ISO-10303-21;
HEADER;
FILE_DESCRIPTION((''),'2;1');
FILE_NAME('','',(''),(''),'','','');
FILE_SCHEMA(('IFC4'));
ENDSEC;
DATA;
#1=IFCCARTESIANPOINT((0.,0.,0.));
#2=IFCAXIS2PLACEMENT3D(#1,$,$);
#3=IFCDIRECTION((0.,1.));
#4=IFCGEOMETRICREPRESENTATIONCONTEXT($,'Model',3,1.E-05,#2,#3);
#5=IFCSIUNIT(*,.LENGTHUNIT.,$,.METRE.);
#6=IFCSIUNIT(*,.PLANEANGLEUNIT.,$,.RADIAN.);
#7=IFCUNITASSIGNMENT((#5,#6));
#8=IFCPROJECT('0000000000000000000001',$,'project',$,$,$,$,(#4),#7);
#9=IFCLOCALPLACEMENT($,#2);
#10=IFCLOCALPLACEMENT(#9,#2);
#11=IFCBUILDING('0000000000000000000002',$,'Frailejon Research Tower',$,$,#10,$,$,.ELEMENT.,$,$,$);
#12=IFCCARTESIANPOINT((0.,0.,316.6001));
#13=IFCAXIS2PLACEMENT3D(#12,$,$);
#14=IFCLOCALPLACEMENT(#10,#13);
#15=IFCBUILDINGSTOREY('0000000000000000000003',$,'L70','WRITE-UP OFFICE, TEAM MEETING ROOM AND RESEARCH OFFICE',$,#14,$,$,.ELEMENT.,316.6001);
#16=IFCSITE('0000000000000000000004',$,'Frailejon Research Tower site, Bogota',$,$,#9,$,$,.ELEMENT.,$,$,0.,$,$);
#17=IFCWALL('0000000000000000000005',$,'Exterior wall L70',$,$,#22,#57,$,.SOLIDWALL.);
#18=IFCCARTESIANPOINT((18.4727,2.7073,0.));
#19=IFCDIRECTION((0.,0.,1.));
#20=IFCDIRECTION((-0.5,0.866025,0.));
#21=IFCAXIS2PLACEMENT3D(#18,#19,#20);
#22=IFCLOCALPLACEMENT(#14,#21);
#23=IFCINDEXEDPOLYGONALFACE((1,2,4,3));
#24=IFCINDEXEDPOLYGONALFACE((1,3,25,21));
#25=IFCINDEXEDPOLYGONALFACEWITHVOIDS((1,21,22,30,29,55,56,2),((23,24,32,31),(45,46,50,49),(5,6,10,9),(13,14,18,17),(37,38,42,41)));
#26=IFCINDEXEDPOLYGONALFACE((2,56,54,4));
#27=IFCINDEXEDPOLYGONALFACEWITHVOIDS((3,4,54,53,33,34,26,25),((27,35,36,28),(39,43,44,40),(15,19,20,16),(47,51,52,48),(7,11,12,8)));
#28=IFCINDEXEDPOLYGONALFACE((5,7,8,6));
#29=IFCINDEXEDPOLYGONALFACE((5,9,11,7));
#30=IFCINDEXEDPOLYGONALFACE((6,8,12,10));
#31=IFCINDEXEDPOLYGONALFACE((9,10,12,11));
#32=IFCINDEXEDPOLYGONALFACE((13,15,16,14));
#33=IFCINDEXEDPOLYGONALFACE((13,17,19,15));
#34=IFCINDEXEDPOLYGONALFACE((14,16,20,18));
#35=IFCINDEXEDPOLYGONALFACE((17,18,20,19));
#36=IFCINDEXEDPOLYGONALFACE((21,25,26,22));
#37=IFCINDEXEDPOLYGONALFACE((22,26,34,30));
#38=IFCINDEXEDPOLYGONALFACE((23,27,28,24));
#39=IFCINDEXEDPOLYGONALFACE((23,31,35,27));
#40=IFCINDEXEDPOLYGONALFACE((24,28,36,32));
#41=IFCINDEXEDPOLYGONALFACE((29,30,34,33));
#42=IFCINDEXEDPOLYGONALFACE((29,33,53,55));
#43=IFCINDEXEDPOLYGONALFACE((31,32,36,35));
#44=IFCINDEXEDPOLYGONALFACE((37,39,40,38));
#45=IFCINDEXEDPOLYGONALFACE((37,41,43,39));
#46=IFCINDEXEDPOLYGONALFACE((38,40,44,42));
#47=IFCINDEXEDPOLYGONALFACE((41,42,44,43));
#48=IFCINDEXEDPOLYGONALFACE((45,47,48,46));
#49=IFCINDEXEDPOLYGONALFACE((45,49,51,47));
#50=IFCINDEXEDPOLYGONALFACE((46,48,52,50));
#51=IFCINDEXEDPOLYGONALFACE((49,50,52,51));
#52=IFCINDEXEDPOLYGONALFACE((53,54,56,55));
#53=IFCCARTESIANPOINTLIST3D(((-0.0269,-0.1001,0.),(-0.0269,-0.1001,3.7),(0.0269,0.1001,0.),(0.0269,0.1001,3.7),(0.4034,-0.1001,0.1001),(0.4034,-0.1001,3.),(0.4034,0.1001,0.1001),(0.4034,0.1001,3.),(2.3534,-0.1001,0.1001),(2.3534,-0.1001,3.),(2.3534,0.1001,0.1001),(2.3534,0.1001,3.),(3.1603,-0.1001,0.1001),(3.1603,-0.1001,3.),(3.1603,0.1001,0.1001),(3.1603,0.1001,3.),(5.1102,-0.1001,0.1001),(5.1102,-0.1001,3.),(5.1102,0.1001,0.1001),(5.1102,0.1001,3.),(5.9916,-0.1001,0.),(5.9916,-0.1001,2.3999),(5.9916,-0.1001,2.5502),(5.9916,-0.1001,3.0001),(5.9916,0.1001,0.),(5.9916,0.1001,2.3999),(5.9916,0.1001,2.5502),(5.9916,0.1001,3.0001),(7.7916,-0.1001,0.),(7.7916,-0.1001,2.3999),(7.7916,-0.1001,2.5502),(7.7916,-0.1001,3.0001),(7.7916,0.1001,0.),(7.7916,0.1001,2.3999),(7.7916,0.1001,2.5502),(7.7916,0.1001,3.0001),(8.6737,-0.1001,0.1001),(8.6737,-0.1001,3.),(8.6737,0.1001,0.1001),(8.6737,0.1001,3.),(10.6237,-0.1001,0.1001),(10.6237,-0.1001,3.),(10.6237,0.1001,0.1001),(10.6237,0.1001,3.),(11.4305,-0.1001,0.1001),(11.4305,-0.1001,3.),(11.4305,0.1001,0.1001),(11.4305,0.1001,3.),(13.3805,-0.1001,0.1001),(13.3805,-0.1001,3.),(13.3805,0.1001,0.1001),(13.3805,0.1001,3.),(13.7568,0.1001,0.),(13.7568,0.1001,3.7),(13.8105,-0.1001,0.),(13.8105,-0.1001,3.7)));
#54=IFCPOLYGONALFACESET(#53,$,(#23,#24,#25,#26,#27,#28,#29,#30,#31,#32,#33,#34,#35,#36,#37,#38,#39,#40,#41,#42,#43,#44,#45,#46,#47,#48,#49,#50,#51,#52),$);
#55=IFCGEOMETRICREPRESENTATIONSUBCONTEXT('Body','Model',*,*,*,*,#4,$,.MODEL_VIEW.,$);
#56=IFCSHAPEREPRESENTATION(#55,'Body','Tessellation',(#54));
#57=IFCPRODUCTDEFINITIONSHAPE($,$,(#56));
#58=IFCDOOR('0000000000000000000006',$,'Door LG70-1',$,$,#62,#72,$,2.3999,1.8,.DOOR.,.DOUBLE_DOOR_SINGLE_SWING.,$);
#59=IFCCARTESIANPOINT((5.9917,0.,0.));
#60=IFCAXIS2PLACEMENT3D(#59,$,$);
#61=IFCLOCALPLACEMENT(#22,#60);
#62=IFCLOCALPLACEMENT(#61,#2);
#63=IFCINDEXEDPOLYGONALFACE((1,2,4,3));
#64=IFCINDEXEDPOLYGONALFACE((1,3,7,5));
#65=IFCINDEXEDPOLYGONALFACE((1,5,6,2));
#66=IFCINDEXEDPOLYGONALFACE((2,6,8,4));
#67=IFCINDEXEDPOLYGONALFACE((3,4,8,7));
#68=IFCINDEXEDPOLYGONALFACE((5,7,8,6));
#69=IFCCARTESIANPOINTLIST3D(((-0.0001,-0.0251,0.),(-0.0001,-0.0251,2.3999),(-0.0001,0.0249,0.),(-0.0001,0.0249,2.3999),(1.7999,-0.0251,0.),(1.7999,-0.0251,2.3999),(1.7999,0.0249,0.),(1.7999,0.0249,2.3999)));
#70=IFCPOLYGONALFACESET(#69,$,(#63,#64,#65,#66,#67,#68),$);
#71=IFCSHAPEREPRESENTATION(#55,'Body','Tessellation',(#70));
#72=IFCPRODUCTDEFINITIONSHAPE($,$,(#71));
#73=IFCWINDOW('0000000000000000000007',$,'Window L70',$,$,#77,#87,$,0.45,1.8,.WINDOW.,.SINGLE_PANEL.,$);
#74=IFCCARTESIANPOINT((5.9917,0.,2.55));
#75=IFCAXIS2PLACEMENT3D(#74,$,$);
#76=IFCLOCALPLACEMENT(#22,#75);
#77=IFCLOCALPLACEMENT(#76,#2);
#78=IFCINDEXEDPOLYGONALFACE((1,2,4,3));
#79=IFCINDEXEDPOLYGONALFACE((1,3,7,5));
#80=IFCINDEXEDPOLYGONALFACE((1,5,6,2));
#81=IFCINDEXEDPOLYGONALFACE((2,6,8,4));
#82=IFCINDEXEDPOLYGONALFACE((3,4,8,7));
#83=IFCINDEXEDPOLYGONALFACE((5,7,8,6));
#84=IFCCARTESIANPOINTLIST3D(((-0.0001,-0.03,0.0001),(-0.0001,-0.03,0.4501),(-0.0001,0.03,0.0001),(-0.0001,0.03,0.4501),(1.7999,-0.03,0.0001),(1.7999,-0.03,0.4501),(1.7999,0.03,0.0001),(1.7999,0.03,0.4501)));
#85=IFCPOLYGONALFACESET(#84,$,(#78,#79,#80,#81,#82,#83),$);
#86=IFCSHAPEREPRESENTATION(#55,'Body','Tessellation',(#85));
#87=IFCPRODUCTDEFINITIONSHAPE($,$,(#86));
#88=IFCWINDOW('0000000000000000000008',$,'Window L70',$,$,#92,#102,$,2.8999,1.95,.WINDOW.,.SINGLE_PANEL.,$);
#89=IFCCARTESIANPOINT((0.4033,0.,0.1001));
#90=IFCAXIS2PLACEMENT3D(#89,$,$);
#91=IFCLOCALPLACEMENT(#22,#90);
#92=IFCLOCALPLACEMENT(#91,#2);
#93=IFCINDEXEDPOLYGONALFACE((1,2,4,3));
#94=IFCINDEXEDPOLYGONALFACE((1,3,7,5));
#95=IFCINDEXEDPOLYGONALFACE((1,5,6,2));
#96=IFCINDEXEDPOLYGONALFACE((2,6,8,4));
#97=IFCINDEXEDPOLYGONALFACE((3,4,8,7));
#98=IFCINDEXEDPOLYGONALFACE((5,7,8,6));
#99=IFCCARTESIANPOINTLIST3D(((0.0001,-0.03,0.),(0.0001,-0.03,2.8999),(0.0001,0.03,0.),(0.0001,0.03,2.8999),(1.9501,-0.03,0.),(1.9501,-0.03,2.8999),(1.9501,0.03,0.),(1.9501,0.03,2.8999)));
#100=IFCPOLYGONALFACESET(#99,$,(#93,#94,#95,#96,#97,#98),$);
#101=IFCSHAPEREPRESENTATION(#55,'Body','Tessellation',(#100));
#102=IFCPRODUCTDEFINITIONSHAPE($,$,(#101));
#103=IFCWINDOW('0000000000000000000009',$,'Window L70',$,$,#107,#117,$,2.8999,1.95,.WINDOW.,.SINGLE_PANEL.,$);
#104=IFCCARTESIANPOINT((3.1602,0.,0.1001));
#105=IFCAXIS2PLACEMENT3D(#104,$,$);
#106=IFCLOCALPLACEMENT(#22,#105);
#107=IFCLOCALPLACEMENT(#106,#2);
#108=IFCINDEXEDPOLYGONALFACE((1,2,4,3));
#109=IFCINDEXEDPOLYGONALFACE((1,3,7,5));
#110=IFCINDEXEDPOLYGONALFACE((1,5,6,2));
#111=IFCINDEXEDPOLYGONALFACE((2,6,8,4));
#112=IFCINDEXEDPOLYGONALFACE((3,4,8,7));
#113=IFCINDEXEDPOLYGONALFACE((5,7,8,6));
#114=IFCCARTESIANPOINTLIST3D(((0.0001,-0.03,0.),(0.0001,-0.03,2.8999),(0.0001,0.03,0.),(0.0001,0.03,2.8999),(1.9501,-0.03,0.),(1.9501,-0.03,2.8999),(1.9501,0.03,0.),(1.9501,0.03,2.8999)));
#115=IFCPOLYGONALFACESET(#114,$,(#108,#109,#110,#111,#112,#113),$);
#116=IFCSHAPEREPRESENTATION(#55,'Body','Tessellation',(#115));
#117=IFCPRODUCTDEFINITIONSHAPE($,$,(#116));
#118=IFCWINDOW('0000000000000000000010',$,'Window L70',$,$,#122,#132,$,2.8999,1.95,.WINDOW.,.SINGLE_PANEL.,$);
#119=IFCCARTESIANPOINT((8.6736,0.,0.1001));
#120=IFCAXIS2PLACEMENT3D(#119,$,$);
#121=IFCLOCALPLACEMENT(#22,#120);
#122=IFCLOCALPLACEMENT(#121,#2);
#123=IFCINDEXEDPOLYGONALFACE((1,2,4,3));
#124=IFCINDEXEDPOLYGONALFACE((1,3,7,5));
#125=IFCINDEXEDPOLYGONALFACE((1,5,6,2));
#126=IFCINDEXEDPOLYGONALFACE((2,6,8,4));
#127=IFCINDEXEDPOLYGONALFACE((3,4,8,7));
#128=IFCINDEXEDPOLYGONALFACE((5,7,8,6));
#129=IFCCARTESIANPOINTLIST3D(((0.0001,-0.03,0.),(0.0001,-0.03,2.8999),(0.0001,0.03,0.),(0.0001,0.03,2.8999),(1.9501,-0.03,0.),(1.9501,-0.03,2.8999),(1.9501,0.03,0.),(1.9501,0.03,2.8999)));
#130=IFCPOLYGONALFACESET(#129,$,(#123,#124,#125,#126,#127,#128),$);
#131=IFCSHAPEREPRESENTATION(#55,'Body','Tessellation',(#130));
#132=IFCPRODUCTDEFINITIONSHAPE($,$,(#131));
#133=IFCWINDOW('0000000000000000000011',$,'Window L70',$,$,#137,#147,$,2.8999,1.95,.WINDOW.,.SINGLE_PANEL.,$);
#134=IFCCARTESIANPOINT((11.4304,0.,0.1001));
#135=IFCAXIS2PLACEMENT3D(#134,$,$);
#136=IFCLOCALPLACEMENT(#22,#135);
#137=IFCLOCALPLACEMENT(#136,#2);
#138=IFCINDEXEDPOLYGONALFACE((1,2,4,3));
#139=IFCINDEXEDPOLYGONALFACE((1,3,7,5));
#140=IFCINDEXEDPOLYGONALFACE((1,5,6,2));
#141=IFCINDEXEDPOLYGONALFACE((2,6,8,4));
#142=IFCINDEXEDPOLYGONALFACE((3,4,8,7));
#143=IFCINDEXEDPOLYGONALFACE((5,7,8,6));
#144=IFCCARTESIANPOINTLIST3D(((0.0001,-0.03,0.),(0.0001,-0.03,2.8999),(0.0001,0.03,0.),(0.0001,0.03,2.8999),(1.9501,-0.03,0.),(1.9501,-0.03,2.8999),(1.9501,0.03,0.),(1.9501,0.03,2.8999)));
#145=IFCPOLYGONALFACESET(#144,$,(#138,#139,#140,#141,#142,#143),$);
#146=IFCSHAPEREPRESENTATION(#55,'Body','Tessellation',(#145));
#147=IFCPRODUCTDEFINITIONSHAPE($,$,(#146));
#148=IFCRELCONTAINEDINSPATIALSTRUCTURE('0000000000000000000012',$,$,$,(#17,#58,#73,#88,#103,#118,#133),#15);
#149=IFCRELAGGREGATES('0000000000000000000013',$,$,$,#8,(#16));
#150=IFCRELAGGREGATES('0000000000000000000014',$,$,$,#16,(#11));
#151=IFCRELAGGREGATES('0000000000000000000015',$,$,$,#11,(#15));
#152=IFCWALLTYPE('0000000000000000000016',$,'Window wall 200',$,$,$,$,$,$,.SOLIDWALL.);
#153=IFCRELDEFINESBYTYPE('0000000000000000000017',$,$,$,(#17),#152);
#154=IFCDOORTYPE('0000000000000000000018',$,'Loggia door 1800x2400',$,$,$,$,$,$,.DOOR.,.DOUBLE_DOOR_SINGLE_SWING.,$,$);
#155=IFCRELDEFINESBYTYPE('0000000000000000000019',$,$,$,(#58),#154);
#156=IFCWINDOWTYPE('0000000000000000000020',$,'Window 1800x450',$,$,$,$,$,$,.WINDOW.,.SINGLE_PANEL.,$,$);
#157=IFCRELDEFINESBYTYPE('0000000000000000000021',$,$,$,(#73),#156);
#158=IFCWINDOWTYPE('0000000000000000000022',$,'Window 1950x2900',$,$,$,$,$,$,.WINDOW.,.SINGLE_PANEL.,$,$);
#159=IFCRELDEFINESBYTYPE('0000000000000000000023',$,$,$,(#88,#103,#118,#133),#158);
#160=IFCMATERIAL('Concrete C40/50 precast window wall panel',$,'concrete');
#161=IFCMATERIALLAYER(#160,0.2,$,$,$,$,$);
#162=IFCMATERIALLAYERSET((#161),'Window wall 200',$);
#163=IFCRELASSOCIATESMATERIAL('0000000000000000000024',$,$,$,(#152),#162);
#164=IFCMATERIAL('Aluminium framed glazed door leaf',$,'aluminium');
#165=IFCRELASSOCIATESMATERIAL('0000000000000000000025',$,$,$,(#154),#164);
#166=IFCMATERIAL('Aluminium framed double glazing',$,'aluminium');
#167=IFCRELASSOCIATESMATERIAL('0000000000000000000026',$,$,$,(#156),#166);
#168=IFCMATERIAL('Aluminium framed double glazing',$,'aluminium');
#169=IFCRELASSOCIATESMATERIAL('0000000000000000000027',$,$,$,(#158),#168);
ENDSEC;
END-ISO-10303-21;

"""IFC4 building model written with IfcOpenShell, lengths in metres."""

from ifc_helpers import new_model, si_unit, direction, frame, frame_2d, origin, place, context, subcontext, project, spatial, polyline, rectangle, outline, extrude, material, layer, layer_set, type_object, element, fill, save


model = new_model("IFC4")

# Units and contexts
model_context = context("Model", 3, precision=1e-05, world=origin(), true_north=direction((0.0, 1.0)))
body_context = subcontext(model_context, "Body", "Model", "MODEL_VIEW")
ifc_project = project(units=[si_unit("LENGTHUNIT", "METRE"), si_unit("PLANEANGLEUNIT", "RADIAN")], contexts=[model_context])

# Site, building, storey
site_placement = place(None, origin())
site = spatial("IfcSite", under=ifc_project, at=site_placement, Name="Frailejon Research Tower site, Bogota", CompositionType="ELEMENT", RefElevation=0.0)
building_placement = place(site_placement, origin())
building = spatial("IfcBuilding", under=site, at=building_placement, Name="Frailejon Research Tower", CompositionType="ELEMENT")
storey_placement = place(building_placement, frame((0.0, 0.0, 316.6001)))
storey = spatial("IfcBuildingStorey", under=building, at=storey_placement, Name="L70", Description="WRITE-UP OFFICE, TEAM MEETING ROOM AND RESEARCH OFFICE", CompositionType="ELEMENT", Elevation=316.6001)

# Wall, openings, door, windows
ifc_material_1 = material(Name="Concrete C40/50 precast window wall panel", Category="concrete")
ifc_layer_1 = layer(ifc_material_1, 0.2)
ifc_layer_set_1 = layer_set([ifc_layer_1], Name="Window wall 200")
wall_type_1 = type_object("IfcWallType", Name="Window wall 200", PredefinedType="SOLIDWALL", material=ifc_layer_set_1)
wall_1_placement = place(storey_placement, frame((18.4727, 2.7073, 0.0), z_axis=(0.0, 0.0, 1.0), x_axis=(-0.5, 0.866025, 0.0)))
wall_1 = element("IfcWall", 1, at=wall_1_placement, inside=storey, type_object=wall_type_1, Name="Exterior wall L70", PredefinedType="SOLIDWALL", context=body_context, shape_type="SweptSolid", body=[
    extrude(outline(polyline([(-0.0269, -0.1001), (1.0376, -0.1001), (2.1021, -0.1001), (3.1665, -0.1001), (4.2307, -0.1001), (5.2952, -0.1001), (6.3596, -0.1001), (7.4241, -0.1001), (8.4885, -0.1001), (9.553, -0.1001), (10.6172, -0.1001), (11.6816, -0.1001), (12.7461, -0.1001), (13.8105, -0.1001), (13.7568, 0.1001), (12.7007, 0.1001), (11.6445, 0.1001), (10.5884, 0.1001), (9.5322, 0.1001), (8.4761, 0.1001), (7.4199, 0.1001), (6.3638, 0.1001), (5.3076, 0.1001), (4.2515, 0.1001), (3.1953, 0.1001), (2.1392, 0.1001), (1.083, 0.1001), (0.0269, 0.1001), (-0.0269, -0.1001)])), origin(), (0.0, 0.0, 1.0), 3.7),
])
opening_1_placement = place(wall_1_placement, frame((0.4033, 0.0, 0.1001)))
opening_1 = element("IfcOpeningElement", 2, at=opening_1_placement, cuts=wall_1, PredefinedType="OPENING", context=body_context, shape_type="SweptSolid", body=[
    extrude(rectangle(XDim=1.95, YDim=2.8999, at=frame_2d((0.9751, 1.45))), frame((0.0, 0.1099, 0.0), z_axis=(0.0, -1.0, 0.0), x_axis=(1.0, 0.0, 0.0)), (0.0, 0.0, 1.0), 0.22),
])
opening_2_placement = place(wall_1_placement, frame((3.1602, 0.0, 0.1001)))
opening_2 = element("IfcOpeningElement", 3, at=opening_2_placement, cuts=wall_1, PredefinedType="OPENING", context=body_context, shape_type="SweptSolid", body=[
    extrude(rectangle(XDim=1.95, YDim=2.8999, at=frame_2d((0.9751, 1.45))), frame((0.0, 0.1099, 0.0), z_axis=(0.0, -1.0, 0.0), x_axis=(1.0, 0.0, 0.0)), (0.0, 0.0, 1.0), 0.22),
])
opening_3_placement = place(wall_1_placement, frame((5.9917, 0.0, 0.0)))
opening_3 = element("IfcOpeningElement", 4, at=opening_3_placement, cuts=wall_1, PredefinedType="OPENING", context=body_context, shape_type="SweptSolid", body=[
    extrude(rectangle(XDim=1.8, YDim=2.3999, at=frame_2d((0.8999, 1.2))), frame((0.0, 0.1099, 0.0), z_axis=(0.0, -1.0, 0.0), x_axis=(1.0, 0.0, 0.0)), (0.0, 0.0, 1.0), 0.22),
])
opening_4_placement = place(wall_1_placement, frame((5.9917, 0.0, 2.55)))
opening_4 = element("IfcOpeningElement", 5, at=opening_4_placement, cuts=wall_1, PredefinedType="OPENING", context=body_context, shape_type="SweptSolid", body=[
    extrude(rectangle(XDim=1.8, YDim=0.45, at=frame_2d((0.8999, 0.2251))), frame((0.0, 0.1099, 0.0), z_axis=(0.0, -1.0, 0.0), x_axis=(1.0, 0.0, 0.0)), (0.0, 0.0, 1.0), 0.22),
])
opening_5_placement = place(wall_1_placement, frame((8.6736, 0.0, 0.1001)))
opening_5 = element("IfcOpeningElement", 6, at=opening_5_placement, cuts=wall_1, PredefinedType="OPENING", context=body_context, shape_type="SweptSolid", body=[
    extrude(rectangle(XDim=1.95, YDim=2.8999, at=frame_2d((0.9751, 1.45))), frame((0.0, 0.1099, 0.0), z_axis=(0.0, -1.0, 0.0), x_axis=(1.0, 0.0, 0.0)), (0.0, 0.0, 1.0), 0.22),
])
opening_6_placement = place(wall_1_placement, frame((11.4304, 0.0, 0.1001)))
opening_6 = element("IfcOpeningElement", 7, at=opening_6_placement, cuts=wall_1, PredefinedType="OPENING", context=body_context, shape_type="SweptSolid", body=[
    extrude(rectangle(XDim=1.95, YDim=2.8999, at=frame_2d((0.9751, 1.45))), frame((0.0, 0.1099, 0.0), z_axis=(0.0, -1.0, 0.0), x_axis=(1.0, 0.0, 0.0)), (0.0, 0.0, 1.0), 0.22),
])
ifc_material_2 = material(Name="Aluminium framed glazed door leaf", Category="aluminium")
door_type = type_object("IfcDoorType", Name="Loggia door 1800x2400", OperationType="DOUBLE_DOOR_SINGLE_SWING", PredefinedType="DOOR", material=ifc_material_2)
door_placement = place(opening_3_placement, origin())
door = element("IfcDoor", 8, at=door_placement, inside=storey, type_object=door_type, Name="Door LG70-1", OperationType="DOUBLE_DOOR_SINGLE_SWING", OverallHeight=2.3999, OverallWidth=1.8, PredefinedType="DOOR", context=body_context, shape_type="SweptSolid", body=[
    extrude(rectangle(XDim=1.8, YDim=2.3999, at=frame_2d((0.8999, 1.2))), frame((0.0, 0.0249, 0.0), z_axis=(0.0, -1.0, 0.0), x_axis=(1.0, 0.0, 0.0)), (0.0, 0.0, 1.0), 0.05),
])
fill(opening_3, door)
ifc_material_3 = material(Name="Aluminium framed double glazing", Category="aluminium")
window_type_1 = type_object("IfcWindowType", Name="Window 1800x450", PartitioningType="SINGLE_PANEL", PredefinedType="WINDOW", material=ifc_material_3)
window_1_placement = place(opening_4_placement, origin())
window_1 = element("IfcWindow", 9, at=window_1_placement, inside=storey, type_object=window_type_1, Name="Window L70", OverallHeight=0.45, OverallWidth=1.8, PartitioningType="SINGLE_PANEL", PredefinedType="WINDOW", context=body_context, shape_type="SweptSolid", body=[
    extrude(rectangle(XDim=1.8, YDim=0.45, at=frame_2d((0.8999, 0.2251))), frame((0.0, 0.03, 0.0), z_axis=(0.0, -1.0, 0.0), x_axis=(1.0, 0.0, 0.0)), (0.0, 0.0, 1.0), 0.0601),
])
fill(opening_4, window_1)
ifc_material_4 = material(Name="Aluminium framed double glazing", Category="aluminium")
window_type_2 = type_object("IfcWindowType", Name="Window 1950x2900", PartitioningType="SINGLE_PANEL", PredefinedType="WINDOW", material=ifc_material_4)
window_2_placement = place(opening_1_placement, origin())
window_2 = element("IfcWindow", 10, at=window_2_placement, inside=storey, type_object=window_type_2, Name="Window L70", OverallHeight=2.8999, OverallWidth=1.95, PartitioningType="SINGLE_PANEL", PredefinedType="WINDOW", context=body_context, shape_type="SweptSolid", body=[
    extrude(rectangle(XDim=1.95, YDim=2.8999, at=frame_2d((0.9751, 1.45))), frame((0.0, 0.03, 0.0), z_axis=(0.0, -1.0, 0.0), x_axis=(1.0, 0.0, 0.0)), (0.0, 0.0, 1.0), 0.0601),
])
fill(opening_1, window_2)
window_3_placement = place(opening_2_placement, origin())
window_3 = element("IfcWindow", 11, at=window_3_placement, inside=storey, type_object=window_type_2, Name="Window L70", OverallHeight=2.8999, OverallWidth=1.95, PartitioningType="SINGLE_PANEL", PredefinedType="WINDOW", context=body_context, shape_type="SweptSolid", body=[
    extrude(rectangle(XDim=1.95, YDim=2.8999, at=frame_2d((0.9751, 1.45))), frame((0.0, 0.03, 0.0), z_axis=(0.0, -1.0, 0.0), x_axis=(1.0, 0.0, 0.0)), (0.0, 0.0, 1.0), 0.0601),
])
fill(opening_2, window_3)
window_4_placement = place(opening_5_placement, origin())
window_4 = element("IfcWindow", 12, at=window_4_placement, inside=storey, type_object=window_type_2, Name="Window L70", OverallHeight=2.8999, OverallWidth=1.95, PartitioningType="SINGLE_PANEL", PredefinedType="WINDOW", context=body_context, shape_type="SweptSolid", body=[
    extrude(rectangle(XDim=1.95, YDim=2.8999, at=frame_2d((0.9751, 1.45))), frame((0.0, 0.03, 0.0), z_axis=(0.0, -1.0, 0.0), x_axis=(1.0, 0.0, 0.0)), (0.0, 0.0, 1.0), 0.0601),
])
fill(opening_5, window_4)
window_5_placement = place(opening_6_placement, origin())
window_5 = element("IfcWindow", 13, at=window_5_placement, inside=storey, type_object=window_type_2, Name="Window L70", OverallHeight=2.8999, OverallWidth=1.95, PartitioningType="SINGLE_PANEL", PredefinedType="WINDOW", context=body_context, shape_type="SweptSolid", body=[
    extrude(rectangle(XDim=1.95, YDim=2.8999, at=frame_2d((0.9751, 1.45))), frame((0.0, 0.03, 0.0), z_axis=(0.0, -1.0, 0.0), x_axis=(1.0, 0.0, 0.0)), (0.0, 0.0, 1.0), 0.0601),
])
fill(opening_6, window_5)

save(model, "model.ifc")
